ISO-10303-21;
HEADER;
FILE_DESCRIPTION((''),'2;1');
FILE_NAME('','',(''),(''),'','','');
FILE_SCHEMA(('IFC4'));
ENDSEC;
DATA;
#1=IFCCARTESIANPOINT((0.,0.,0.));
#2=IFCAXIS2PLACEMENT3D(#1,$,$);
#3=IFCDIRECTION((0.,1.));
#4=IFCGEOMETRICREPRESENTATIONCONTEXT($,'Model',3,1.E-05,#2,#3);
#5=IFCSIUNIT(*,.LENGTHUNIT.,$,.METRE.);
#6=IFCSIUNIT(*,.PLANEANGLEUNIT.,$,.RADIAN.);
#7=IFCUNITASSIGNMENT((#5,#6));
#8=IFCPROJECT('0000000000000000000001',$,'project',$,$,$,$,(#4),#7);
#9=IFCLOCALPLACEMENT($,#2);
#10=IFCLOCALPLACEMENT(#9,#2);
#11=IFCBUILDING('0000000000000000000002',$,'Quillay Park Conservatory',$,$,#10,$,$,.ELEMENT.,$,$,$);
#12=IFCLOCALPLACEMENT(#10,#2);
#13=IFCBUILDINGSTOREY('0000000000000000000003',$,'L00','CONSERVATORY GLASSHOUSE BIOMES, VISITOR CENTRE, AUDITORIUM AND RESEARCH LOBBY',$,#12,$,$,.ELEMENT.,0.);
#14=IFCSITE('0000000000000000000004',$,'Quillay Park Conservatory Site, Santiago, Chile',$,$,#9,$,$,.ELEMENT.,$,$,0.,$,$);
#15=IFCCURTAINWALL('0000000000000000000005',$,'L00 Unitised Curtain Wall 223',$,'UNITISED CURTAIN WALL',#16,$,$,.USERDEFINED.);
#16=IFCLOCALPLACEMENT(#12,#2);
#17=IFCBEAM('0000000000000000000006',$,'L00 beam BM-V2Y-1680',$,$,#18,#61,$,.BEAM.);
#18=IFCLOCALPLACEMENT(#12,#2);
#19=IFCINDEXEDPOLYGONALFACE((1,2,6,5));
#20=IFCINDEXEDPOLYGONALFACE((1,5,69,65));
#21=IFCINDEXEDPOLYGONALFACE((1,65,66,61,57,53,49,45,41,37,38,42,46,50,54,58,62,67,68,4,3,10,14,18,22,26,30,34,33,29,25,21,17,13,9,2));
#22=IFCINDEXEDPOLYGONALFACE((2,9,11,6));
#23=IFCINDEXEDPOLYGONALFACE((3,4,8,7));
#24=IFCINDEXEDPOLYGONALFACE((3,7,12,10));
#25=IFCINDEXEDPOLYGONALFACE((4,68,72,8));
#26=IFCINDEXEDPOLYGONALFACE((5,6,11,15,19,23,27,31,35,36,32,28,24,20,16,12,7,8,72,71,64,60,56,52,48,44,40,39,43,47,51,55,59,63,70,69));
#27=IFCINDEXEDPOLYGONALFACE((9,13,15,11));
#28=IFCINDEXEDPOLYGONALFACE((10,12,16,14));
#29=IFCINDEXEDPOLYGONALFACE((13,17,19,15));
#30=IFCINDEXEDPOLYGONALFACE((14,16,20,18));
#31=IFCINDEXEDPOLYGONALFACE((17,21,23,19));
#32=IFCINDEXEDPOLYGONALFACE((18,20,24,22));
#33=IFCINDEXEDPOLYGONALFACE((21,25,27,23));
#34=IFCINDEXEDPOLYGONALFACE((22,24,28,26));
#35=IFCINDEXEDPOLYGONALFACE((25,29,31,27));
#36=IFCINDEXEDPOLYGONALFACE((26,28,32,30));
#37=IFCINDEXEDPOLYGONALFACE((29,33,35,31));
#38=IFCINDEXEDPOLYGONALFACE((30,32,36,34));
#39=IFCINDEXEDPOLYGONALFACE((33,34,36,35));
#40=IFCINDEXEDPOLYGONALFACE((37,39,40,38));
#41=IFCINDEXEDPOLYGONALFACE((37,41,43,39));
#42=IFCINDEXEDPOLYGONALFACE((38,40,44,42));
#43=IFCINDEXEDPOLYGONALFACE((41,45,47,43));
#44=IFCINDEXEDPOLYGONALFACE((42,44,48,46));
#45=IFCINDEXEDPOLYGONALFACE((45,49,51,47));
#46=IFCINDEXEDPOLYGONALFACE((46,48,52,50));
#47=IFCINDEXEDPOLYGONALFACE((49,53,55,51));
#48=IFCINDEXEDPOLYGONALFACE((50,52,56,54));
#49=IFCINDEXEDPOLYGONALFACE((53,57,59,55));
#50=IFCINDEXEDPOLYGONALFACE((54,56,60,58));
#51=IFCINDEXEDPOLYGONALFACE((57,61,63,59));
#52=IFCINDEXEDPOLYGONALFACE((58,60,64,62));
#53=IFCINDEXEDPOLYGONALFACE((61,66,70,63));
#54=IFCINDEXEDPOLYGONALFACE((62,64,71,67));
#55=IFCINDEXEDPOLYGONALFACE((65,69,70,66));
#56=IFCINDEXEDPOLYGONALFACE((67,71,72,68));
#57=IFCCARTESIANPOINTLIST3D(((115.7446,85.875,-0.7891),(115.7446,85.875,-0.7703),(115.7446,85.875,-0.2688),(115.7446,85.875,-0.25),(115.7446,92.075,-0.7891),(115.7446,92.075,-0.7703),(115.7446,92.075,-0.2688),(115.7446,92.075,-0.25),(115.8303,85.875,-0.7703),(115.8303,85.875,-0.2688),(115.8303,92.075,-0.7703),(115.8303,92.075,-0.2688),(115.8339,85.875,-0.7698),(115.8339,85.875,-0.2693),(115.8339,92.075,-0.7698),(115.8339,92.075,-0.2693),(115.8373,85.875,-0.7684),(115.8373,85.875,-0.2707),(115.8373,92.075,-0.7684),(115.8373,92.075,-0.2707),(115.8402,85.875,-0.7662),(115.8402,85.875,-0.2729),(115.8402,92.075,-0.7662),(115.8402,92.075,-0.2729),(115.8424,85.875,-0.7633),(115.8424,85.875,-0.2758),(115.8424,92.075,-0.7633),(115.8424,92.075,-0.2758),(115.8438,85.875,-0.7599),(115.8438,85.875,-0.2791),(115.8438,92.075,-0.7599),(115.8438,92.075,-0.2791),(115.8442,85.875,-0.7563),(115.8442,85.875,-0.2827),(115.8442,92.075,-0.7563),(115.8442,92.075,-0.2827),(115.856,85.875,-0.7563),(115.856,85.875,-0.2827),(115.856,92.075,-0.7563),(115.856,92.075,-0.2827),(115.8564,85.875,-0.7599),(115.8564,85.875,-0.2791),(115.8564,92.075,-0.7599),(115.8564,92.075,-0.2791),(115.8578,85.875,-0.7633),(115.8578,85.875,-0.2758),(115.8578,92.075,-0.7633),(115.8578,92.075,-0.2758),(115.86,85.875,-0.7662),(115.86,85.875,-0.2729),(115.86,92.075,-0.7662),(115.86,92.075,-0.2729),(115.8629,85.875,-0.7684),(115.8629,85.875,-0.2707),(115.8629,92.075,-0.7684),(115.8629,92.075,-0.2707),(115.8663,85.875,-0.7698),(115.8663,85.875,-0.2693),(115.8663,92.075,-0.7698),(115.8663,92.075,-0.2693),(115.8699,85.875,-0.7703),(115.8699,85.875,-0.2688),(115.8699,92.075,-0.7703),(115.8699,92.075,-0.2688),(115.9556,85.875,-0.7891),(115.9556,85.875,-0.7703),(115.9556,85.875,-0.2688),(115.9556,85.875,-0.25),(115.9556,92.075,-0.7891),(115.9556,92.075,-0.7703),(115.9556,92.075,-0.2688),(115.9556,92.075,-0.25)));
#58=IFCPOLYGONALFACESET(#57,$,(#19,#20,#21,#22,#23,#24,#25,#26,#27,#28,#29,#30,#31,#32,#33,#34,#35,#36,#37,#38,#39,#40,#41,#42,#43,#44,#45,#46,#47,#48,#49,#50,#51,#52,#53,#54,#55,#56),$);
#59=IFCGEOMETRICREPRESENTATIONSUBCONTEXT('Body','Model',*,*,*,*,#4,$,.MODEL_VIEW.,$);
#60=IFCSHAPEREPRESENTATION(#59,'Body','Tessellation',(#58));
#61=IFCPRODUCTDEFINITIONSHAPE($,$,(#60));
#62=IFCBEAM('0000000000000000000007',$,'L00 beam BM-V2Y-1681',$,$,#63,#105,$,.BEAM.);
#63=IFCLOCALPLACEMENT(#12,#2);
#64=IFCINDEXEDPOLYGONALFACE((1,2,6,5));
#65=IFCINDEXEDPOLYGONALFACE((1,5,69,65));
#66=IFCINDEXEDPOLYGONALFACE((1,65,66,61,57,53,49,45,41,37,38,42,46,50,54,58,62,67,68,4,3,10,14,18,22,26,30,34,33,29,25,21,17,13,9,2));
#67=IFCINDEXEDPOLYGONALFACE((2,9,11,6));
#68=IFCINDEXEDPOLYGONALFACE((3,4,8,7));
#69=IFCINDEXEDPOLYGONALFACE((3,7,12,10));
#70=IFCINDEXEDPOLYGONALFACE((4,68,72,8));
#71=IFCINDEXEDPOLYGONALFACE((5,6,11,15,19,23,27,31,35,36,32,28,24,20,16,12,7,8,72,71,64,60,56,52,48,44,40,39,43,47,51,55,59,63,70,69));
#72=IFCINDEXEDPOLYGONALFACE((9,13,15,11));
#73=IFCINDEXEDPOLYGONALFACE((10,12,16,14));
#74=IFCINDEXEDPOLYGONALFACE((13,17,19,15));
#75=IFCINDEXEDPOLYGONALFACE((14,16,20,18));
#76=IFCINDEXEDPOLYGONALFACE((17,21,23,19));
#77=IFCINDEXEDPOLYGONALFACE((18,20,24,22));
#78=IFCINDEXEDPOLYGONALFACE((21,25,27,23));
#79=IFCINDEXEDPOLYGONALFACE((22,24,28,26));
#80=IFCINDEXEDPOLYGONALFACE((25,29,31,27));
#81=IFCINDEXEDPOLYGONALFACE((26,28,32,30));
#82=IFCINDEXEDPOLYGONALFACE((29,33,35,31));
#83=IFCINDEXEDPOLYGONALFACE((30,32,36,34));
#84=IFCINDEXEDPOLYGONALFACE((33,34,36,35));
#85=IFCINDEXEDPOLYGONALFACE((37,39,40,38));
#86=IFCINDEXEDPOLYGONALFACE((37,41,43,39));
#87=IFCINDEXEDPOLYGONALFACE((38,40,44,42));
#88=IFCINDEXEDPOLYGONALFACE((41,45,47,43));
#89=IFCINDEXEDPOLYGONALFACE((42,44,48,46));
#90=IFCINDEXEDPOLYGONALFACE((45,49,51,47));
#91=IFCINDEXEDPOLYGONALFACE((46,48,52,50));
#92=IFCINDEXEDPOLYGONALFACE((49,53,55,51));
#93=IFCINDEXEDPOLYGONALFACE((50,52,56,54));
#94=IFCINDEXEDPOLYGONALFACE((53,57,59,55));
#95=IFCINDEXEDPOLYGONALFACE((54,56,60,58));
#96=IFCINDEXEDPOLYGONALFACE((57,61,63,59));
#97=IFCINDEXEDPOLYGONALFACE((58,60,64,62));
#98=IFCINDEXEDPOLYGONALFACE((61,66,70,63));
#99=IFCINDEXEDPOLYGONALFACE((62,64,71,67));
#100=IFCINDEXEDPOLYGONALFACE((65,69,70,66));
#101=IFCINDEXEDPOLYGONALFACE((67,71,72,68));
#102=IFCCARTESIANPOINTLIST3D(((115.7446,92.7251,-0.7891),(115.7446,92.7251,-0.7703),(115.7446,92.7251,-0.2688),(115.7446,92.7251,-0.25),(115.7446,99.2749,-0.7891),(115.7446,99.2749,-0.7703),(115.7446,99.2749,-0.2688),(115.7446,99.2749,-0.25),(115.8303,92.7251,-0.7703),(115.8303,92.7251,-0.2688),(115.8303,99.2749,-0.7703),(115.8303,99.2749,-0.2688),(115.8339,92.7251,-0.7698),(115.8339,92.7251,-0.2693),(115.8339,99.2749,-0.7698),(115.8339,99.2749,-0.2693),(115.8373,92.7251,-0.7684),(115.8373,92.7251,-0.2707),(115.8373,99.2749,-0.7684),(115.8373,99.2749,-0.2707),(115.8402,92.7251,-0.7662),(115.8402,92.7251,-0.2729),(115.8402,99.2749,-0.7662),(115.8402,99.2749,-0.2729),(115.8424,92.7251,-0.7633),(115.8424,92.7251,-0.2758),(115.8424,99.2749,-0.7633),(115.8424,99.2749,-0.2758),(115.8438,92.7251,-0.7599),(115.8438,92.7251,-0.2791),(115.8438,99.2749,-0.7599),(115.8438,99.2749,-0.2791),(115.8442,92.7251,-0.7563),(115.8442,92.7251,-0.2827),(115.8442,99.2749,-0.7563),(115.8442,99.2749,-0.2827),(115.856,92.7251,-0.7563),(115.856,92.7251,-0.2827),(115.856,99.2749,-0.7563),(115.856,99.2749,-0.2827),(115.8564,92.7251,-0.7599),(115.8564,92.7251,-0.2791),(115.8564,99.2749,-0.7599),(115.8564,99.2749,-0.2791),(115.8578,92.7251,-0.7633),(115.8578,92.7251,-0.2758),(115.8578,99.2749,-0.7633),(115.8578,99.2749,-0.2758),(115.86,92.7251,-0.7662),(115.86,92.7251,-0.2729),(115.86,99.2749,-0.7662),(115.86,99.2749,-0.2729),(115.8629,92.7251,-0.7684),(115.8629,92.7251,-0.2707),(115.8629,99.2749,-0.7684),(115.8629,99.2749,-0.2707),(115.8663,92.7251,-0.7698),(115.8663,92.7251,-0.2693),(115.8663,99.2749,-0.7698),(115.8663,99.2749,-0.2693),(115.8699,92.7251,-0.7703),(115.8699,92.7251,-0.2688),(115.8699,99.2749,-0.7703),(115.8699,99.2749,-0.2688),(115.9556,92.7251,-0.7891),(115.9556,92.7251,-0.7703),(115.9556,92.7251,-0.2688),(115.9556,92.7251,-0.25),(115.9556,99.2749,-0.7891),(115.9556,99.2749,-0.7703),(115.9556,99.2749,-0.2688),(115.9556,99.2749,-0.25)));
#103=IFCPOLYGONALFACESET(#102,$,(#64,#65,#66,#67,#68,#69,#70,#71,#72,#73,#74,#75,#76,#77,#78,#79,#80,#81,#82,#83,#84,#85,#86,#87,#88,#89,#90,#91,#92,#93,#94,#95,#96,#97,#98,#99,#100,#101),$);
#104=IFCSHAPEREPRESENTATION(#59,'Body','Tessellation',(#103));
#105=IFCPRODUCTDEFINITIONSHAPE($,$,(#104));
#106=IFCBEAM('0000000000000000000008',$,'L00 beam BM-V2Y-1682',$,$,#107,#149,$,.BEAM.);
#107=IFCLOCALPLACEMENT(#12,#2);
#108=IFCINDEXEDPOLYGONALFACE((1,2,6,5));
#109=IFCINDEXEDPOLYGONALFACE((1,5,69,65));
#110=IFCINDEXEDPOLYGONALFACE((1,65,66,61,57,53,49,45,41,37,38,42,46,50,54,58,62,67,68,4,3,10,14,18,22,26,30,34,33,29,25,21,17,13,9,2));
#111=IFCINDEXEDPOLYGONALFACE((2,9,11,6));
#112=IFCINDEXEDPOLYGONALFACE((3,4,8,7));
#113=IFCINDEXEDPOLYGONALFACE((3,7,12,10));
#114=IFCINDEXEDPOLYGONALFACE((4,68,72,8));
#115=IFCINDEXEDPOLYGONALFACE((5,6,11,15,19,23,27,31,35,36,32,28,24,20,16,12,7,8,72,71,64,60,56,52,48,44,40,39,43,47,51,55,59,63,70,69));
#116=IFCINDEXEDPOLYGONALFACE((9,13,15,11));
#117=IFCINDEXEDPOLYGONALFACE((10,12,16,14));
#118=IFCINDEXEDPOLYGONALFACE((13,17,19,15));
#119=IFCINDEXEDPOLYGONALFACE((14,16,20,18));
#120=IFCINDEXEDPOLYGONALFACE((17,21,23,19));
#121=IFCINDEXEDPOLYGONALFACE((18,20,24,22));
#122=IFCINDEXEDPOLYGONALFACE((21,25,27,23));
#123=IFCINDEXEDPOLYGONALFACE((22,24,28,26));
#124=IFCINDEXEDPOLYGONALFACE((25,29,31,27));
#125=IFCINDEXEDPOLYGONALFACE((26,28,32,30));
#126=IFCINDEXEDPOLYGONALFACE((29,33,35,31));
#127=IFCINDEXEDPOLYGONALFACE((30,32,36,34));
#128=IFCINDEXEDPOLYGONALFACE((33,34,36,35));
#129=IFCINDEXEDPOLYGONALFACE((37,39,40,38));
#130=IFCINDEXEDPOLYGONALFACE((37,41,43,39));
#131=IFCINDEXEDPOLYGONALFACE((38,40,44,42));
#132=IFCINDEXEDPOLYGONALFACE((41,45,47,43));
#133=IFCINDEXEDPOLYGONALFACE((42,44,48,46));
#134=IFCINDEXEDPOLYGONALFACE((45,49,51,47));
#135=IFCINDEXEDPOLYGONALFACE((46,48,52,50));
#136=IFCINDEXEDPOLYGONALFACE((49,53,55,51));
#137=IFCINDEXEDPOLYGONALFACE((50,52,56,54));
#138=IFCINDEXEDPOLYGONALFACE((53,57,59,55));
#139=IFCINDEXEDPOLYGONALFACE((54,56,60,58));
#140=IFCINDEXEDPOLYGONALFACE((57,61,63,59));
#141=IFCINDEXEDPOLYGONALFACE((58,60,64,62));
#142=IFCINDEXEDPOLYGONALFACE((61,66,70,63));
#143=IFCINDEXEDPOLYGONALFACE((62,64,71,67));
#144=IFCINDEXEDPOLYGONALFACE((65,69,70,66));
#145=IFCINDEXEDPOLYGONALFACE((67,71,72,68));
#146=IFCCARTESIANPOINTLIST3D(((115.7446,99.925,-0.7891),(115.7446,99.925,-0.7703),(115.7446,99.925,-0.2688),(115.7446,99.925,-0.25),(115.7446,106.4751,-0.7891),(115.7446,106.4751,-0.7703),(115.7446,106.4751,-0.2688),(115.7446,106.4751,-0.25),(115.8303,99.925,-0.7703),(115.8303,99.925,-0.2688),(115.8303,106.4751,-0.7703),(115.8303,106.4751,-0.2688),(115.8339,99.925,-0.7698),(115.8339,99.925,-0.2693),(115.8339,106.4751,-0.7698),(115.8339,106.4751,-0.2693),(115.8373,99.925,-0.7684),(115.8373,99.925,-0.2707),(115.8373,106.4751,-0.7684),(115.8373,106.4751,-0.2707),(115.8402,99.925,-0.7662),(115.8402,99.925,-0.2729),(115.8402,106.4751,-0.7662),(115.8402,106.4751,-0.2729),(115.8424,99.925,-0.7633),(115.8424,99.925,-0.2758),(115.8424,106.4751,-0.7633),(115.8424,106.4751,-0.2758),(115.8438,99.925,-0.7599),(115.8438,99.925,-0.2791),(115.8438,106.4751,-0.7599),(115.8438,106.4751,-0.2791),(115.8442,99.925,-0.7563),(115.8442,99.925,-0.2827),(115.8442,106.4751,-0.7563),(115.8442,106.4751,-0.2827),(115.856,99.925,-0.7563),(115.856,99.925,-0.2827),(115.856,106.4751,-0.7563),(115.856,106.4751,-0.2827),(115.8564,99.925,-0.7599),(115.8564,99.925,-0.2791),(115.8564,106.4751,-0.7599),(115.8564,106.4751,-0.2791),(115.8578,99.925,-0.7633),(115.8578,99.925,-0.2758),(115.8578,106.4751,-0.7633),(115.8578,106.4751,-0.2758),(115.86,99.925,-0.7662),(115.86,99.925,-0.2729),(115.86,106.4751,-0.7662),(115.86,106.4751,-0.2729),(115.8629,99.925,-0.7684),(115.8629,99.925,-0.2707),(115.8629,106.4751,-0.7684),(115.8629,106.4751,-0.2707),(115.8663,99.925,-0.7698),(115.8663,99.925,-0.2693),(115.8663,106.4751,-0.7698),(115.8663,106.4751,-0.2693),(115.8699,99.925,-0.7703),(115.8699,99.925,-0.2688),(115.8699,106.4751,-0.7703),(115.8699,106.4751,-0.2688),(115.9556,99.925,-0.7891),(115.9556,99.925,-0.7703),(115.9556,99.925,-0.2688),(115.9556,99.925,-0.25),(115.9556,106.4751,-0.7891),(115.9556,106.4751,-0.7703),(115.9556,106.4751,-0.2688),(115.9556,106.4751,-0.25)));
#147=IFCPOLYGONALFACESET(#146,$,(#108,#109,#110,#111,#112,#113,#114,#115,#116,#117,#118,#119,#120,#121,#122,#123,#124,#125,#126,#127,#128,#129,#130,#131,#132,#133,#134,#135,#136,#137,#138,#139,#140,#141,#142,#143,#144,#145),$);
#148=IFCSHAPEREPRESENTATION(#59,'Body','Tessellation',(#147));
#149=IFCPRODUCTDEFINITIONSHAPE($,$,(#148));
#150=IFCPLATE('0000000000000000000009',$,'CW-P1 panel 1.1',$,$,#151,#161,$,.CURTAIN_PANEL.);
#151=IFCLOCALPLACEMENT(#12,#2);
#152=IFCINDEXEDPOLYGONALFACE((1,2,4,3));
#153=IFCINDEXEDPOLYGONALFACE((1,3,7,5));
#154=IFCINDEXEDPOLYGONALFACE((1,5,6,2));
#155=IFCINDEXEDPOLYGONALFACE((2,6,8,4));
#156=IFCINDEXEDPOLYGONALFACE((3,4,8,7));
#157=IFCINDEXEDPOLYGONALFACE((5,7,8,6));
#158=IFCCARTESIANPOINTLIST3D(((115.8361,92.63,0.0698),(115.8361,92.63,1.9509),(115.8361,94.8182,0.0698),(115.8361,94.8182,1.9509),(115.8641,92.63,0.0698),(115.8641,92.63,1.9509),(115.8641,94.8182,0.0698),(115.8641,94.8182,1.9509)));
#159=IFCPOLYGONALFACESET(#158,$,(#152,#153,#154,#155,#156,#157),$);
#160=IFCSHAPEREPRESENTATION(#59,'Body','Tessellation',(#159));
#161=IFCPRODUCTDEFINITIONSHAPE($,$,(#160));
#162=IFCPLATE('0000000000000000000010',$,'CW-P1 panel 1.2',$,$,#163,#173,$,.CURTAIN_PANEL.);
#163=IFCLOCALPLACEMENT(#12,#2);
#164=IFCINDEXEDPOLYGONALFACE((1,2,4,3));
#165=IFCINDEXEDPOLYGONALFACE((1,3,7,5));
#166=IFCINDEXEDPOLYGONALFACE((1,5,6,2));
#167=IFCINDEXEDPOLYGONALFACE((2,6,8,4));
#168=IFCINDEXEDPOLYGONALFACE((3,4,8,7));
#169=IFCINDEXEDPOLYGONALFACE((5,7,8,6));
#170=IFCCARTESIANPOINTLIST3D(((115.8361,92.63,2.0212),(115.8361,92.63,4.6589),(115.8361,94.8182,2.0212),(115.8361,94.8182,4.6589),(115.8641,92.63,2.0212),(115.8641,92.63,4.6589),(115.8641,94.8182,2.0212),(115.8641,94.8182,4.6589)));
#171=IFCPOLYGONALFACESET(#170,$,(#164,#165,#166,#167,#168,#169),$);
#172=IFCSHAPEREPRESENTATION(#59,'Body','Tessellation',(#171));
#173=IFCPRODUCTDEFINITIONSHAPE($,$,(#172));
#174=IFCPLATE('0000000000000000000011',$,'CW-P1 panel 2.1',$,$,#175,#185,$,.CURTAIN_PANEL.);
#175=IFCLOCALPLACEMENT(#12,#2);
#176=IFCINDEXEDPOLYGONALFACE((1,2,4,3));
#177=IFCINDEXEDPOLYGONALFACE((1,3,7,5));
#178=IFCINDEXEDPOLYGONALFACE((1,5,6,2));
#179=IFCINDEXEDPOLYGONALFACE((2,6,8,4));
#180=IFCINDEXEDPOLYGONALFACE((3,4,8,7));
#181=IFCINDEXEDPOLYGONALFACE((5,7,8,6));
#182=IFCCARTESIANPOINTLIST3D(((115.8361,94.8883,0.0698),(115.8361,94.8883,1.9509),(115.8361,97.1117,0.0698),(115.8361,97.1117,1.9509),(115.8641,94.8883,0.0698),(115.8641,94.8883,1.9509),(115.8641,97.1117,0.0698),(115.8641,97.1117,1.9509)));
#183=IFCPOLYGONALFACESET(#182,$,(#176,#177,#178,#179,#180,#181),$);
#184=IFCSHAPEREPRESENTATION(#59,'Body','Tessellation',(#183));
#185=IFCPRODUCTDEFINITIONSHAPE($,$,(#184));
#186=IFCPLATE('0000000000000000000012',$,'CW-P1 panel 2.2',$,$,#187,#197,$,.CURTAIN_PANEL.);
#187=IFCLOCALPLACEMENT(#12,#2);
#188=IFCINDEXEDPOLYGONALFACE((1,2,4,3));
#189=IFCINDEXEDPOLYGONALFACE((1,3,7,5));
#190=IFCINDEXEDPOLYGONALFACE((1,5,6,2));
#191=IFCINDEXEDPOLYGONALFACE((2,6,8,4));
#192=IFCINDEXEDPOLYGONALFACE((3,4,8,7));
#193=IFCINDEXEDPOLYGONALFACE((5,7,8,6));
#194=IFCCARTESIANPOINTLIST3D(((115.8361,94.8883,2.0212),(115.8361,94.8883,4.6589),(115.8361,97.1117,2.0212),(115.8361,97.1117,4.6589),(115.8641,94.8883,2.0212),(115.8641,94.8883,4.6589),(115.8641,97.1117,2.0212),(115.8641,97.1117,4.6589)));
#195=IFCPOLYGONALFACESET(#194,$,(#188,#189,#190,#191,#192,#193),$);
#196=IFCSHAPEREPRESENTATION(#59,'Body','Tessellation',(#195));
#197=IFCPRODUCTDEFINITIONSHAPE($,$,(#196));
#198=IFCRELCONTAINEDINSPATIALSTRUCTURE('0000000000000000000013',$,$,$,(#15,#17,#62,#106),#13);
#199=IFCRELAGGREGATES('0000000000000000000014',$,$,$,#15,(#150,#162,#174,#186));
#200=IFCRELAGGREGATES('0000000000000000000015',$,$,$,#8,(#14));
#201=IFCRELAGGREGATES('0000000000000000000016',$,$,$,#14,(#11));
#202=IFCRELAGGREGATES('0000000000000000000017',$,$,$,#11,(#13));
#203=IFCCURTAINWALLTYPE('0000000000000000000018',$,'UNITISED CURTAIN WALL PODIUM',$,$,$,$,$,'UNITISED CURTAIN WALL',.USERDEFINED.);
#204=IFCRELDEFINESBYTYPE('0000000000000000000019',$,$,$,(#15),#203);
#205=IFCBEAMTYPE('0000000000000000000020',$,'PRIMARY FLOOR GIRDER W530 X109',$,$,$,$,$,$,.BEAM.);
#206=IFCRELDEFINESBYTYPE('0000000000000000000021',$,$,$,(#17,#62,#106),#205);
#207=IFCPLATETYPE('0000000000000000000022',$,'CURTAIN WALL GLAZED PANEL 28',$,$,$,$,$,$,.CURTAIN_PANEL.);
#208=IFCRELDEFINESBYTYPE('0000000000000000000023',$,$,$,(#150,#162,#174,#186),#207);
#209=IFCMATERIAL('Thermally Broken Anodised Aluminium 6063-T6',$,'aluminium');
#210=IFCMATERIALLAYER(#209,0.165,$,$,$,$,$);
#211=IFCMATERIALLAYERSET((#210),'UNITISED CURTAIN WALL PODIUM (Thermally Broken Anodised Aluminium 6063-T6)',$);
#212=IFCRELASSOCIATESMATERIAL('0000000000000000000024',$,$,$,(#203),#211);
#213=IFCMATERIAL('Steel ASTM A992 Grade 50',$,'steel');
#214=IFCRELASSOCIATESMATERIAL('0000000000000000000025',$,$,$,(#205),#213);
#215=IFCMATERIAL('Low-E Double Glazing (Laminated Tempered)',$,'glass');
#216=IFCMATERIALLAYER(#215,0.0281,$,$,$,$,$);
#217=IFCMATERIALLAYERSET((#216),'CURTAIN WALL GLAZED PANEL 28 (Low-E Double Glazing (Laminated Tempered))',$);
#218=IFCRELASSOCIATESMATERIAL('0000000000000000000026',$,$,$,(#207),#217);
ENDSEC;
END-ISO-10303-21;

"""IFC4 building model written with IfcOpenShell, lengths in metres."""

from ifc_helpers import new_model, si_unit, direction, frame, origin, origin_2d, place, context, subcontext, project, spatial, rectangle, i_section, extrude, material, layer, layer_set, material_profile, profile_set, type_object, element, aggregate, save


model = new_model("IFC4")

# Units and contexts
model_context = context("Model", 3, precision=1e-05, world=origin(), true_north=direction((0.0, 1.0)))
body_context = subcontext(model_context, "Body", "Model", "MODEL_VIEW")
ifc_project = project(units=[si_unit("LENGTHUNIT", "METRE"), si_unit("PLANEANGLEUNIT", "RADIAN")], contexts=[model_context])

# Site, building, storey
site_placement = place(None, origin())
site = spatial("IfcSite", under=ifc_project, at=site_placement, Name="Quillay Park Conservatory Site, Santiago, Chile", CompositionType="ELEMENT", RefElevation=0.0)
building_placement = place(site_placement, origin())
building = spatial("IfcBuilding", under=site, at=building_placement, Name="Quillay Park Conservatory", CompositionType="ELEMENT")
storey_placement = place(building_placement, origin())
storey = spatial("IfcBuildingStorey", under=building, at=storey_placement, Name="L00", Description="CONSERVATORY GLASSHOUSE BIOMES, VISITOR CENTRE, AUDITORIUM AND RESEARCH LOBBY", CompositionType="ELEMENT", Elevation=0.0)

# Curtain wall
ifc_material_1 = material(Name="Thermally Broken Anodised Aluminium 6063-T6", Category="aluminium")
ifc_layer_1 = layer(ifc_material_1, 0.165)
ifc_layer_set_1 = layer_set([ifc_layer_1], Name="UNITISED CURTAIN WALL PODIUM (Thermally Broken Anodised Aluminium 6063-T6)")
curtain_wall_type_1 = type_object("IfcCurtainWallType", Name="UNITISED CURTAIN WALL PODIUM", ElementType="UNITISED CURTAIN WALL", PredefinedType="USERDEFINED", material=ifc_layer_set_1)
curtain_wall_1_placement = place(storey_placement, origin())
curtain_wall_1 = element("IfcCurtainWall", 1, at=curtain_wall_1_placement, inside=storey, type_object=curtain_wall_type_1, Name="L00 Unitised Curtain Wall 223", ObjectType="UNITISED CURTAIN WALL", PredefinedType="USERDEFINED")

# Beams
ifc_material_2 = material(Name="Steel ASTM A992 Grade 50", Category="steel")
ifc_material_profile_1 = material_profile(ifc_material_2, i_section(OverallWidth=0.2109, OverallDepth=0.5391, WebThickness=0.0117, FlangeThickness=0.0188, FilletRadius=0.0139, at=origin_2d()), Name="W530x109")
ifc_profile_set_1 = profile_set([ifc_material_profile_1], Name="Steel ASTM A992 Grade 50")
beam_type = type_object("IfcBeamType", Name="PRIMARY FLOOR GIRDER W530 X109", PredefinedType="BEAM", material=ifc_profile_set_1)
beam_1_placement = place(storey_placement, frame((115.8501, 85.875, -0.5195), z_axis=(0.0, 1.0, 0.0), x_axis=(-1.0, 0.0, 0.0)))
element("IfcBeam", 2, at=beam_1_placement, inside=storey, type_object=beam_type, Name="L00 beam BM-V2Y-1680", PredefinedType="BEAM", context=body_context, shape_type="SweptSolid", body=[
    extrude(i_section(OverallWidth=0.2109, OverallDepth=0.5391, WebThickness=0.0117, FlangeThickness=0.0188, FilletRadius=0.0139, at=origin_2d()), origin(), (0.0, 0.0, 1.0), 6.2),
])
beam_2_placement = place(storey_placement, frame((115.8501, 92.7251, -0.5195), z_axis=(0.0, 1.0, 0.0), x_axis=(-1.0, 0.0, 0.0)))
element("IfcBeam", 3, at=beam_2_placement, inside=storey, type_object=beam_type, Name="L00 beam BM-V2Y-1681", PredefinedType="BEAM", context=body_context, shape_type="SweptSolid", body=[
    extrude(i_section(OverallWidth=0.2109, OverallDepth=0.5391, WebThickness=0.0117, FlangeThickness=0.0188, FilletRadius=0.0139, at=origin_2d()), origin(), (0.0, 0.0, 1.0), 6.5498),
])
beam_3_placement = place(storey_placement, frame((115.8501, 99.925, -0.5195), z_axis=(0.0, 1.0, 0.0), x_axis=(-1.0, 0.0, 0.0)))
element("IfcBeam", 4, at=beam_3_placement, inside=storey, type_object=beam_type, Name="L00 beam BM-V2Y-1682", PredefinedType="BEAM", context=body_context, shape_type="SweptSolid", body=[
    extrude(i_section(OverallWidth=0.2109, OverallDepth=0.5391, WebThickness=0.0117, FlangeThickness=0.0188, FilletRadius=0.0139, at=origin_2d()), origin(), (0.0, 0.0, 1.0), 6.55),
])

# Plates
ifc_material_3 = material(Name="Low-E Double Glazing (Laminated Tempered)", Category="glass")
ifc_layer_2 = layer(ifc_material_3, 0.0281)
ifc_layer_set_2 = layer_set([ifc_layer_2], Name="CURTAIN WALL GLAZED PANEL 28 (Low-E Double Glazing (Laminated Tempered))")
plate_type_1 = type_object("IfcPlateType", Name="CURTAIN WALL GLAZED PANEL 28", PredefinedType="CURTAIN_PANEL", material=ifc_layer_set_2)
plate_1_placement = place(storey_placement, frame((115.8501, 93.7241, 0.0698), z_axis=(0.0, 0.0, 1.0), x_axis=(0.0, 1.0, 0.0)))
plate_1 = element("IfcPlate", 5, at=plate_1_placement, type_object=plate_type_1, Name="CW-P1 panel 1.1", PredefinedType="CURTAIN_PANEL", context=body_context, shape_type="SweptSolid", body=[
    extrude(rectangle(XDim=2.1882, YDim=0.0281, at=origin_2d()), origin(), (0.0, 0.0, 1.0), 1.8811),
])
plate_2_placement = place(storey_placement, frame((115.8501, 93.7241, 2.0212), z_axis=(0.0, 0.0, 1.0), x_axis=(0.0, 1.0, 0.0)))
plate_2 = element("IfcPlate", 6, at=plate_2_placement, type_object=plate_type_1, Name="CW-P1 panel 1.2", PredefinedType="CURTAIN_PANEL", context=body_context, shape_type="SweptSolid", body=[
    extrude(rectangle(XDim=2.1882, YDim=0.0281, at=origin_2d()), origin(), (0.0, 0.0, 1.0), 2.6377),
])
plate_3_placement = place(storey_placement, frame((115.8501, 96.0, 0.0698), z_axis=(0.0, 0.0, 1.0), x_axis=(0.0, 1.0, 0.0)))
plate_3 = element("IfcPlate", 7, at=plate_3_placement, type_object=plate_type_1, Name="CW-P1 panel 2.1", PredefinedType="CURTAIN_PANEL", context=body_context, shape_type="SweptSolid", body=[
    extrude(rectangle(XDim=2.2234, YDim=0.0281, at=origin_2d()), origin(), (0.0, 0.0, 1.0), 1.8811),
])
plate_4_placement = place(storey_placement, frame((115.8501, 96.0, 2.0212), z_axis=(0.0, 0.0, 1.0), x_axis=(0.0, 1.0, 0.0)))
plate_4 = element("IfcPlate", 8, at=plate_4_placement, type_object=plate_type_1, Name="CW-P1 panel 2.2", PredefinedType="CURTAIN_PANEL", context=body_context, shape_type="SweptSolid", body=[
    extrude(rectangle(XDim=2.2234, YDim=0.0281, at=origin_2d()), origin(), (0.0, 0.0, 1.0), 2.6377),
])
aggregate(curtain_wall_1, [plate_1, plate_2, plate_3, plate_4])

save(model, "model.ifc")
